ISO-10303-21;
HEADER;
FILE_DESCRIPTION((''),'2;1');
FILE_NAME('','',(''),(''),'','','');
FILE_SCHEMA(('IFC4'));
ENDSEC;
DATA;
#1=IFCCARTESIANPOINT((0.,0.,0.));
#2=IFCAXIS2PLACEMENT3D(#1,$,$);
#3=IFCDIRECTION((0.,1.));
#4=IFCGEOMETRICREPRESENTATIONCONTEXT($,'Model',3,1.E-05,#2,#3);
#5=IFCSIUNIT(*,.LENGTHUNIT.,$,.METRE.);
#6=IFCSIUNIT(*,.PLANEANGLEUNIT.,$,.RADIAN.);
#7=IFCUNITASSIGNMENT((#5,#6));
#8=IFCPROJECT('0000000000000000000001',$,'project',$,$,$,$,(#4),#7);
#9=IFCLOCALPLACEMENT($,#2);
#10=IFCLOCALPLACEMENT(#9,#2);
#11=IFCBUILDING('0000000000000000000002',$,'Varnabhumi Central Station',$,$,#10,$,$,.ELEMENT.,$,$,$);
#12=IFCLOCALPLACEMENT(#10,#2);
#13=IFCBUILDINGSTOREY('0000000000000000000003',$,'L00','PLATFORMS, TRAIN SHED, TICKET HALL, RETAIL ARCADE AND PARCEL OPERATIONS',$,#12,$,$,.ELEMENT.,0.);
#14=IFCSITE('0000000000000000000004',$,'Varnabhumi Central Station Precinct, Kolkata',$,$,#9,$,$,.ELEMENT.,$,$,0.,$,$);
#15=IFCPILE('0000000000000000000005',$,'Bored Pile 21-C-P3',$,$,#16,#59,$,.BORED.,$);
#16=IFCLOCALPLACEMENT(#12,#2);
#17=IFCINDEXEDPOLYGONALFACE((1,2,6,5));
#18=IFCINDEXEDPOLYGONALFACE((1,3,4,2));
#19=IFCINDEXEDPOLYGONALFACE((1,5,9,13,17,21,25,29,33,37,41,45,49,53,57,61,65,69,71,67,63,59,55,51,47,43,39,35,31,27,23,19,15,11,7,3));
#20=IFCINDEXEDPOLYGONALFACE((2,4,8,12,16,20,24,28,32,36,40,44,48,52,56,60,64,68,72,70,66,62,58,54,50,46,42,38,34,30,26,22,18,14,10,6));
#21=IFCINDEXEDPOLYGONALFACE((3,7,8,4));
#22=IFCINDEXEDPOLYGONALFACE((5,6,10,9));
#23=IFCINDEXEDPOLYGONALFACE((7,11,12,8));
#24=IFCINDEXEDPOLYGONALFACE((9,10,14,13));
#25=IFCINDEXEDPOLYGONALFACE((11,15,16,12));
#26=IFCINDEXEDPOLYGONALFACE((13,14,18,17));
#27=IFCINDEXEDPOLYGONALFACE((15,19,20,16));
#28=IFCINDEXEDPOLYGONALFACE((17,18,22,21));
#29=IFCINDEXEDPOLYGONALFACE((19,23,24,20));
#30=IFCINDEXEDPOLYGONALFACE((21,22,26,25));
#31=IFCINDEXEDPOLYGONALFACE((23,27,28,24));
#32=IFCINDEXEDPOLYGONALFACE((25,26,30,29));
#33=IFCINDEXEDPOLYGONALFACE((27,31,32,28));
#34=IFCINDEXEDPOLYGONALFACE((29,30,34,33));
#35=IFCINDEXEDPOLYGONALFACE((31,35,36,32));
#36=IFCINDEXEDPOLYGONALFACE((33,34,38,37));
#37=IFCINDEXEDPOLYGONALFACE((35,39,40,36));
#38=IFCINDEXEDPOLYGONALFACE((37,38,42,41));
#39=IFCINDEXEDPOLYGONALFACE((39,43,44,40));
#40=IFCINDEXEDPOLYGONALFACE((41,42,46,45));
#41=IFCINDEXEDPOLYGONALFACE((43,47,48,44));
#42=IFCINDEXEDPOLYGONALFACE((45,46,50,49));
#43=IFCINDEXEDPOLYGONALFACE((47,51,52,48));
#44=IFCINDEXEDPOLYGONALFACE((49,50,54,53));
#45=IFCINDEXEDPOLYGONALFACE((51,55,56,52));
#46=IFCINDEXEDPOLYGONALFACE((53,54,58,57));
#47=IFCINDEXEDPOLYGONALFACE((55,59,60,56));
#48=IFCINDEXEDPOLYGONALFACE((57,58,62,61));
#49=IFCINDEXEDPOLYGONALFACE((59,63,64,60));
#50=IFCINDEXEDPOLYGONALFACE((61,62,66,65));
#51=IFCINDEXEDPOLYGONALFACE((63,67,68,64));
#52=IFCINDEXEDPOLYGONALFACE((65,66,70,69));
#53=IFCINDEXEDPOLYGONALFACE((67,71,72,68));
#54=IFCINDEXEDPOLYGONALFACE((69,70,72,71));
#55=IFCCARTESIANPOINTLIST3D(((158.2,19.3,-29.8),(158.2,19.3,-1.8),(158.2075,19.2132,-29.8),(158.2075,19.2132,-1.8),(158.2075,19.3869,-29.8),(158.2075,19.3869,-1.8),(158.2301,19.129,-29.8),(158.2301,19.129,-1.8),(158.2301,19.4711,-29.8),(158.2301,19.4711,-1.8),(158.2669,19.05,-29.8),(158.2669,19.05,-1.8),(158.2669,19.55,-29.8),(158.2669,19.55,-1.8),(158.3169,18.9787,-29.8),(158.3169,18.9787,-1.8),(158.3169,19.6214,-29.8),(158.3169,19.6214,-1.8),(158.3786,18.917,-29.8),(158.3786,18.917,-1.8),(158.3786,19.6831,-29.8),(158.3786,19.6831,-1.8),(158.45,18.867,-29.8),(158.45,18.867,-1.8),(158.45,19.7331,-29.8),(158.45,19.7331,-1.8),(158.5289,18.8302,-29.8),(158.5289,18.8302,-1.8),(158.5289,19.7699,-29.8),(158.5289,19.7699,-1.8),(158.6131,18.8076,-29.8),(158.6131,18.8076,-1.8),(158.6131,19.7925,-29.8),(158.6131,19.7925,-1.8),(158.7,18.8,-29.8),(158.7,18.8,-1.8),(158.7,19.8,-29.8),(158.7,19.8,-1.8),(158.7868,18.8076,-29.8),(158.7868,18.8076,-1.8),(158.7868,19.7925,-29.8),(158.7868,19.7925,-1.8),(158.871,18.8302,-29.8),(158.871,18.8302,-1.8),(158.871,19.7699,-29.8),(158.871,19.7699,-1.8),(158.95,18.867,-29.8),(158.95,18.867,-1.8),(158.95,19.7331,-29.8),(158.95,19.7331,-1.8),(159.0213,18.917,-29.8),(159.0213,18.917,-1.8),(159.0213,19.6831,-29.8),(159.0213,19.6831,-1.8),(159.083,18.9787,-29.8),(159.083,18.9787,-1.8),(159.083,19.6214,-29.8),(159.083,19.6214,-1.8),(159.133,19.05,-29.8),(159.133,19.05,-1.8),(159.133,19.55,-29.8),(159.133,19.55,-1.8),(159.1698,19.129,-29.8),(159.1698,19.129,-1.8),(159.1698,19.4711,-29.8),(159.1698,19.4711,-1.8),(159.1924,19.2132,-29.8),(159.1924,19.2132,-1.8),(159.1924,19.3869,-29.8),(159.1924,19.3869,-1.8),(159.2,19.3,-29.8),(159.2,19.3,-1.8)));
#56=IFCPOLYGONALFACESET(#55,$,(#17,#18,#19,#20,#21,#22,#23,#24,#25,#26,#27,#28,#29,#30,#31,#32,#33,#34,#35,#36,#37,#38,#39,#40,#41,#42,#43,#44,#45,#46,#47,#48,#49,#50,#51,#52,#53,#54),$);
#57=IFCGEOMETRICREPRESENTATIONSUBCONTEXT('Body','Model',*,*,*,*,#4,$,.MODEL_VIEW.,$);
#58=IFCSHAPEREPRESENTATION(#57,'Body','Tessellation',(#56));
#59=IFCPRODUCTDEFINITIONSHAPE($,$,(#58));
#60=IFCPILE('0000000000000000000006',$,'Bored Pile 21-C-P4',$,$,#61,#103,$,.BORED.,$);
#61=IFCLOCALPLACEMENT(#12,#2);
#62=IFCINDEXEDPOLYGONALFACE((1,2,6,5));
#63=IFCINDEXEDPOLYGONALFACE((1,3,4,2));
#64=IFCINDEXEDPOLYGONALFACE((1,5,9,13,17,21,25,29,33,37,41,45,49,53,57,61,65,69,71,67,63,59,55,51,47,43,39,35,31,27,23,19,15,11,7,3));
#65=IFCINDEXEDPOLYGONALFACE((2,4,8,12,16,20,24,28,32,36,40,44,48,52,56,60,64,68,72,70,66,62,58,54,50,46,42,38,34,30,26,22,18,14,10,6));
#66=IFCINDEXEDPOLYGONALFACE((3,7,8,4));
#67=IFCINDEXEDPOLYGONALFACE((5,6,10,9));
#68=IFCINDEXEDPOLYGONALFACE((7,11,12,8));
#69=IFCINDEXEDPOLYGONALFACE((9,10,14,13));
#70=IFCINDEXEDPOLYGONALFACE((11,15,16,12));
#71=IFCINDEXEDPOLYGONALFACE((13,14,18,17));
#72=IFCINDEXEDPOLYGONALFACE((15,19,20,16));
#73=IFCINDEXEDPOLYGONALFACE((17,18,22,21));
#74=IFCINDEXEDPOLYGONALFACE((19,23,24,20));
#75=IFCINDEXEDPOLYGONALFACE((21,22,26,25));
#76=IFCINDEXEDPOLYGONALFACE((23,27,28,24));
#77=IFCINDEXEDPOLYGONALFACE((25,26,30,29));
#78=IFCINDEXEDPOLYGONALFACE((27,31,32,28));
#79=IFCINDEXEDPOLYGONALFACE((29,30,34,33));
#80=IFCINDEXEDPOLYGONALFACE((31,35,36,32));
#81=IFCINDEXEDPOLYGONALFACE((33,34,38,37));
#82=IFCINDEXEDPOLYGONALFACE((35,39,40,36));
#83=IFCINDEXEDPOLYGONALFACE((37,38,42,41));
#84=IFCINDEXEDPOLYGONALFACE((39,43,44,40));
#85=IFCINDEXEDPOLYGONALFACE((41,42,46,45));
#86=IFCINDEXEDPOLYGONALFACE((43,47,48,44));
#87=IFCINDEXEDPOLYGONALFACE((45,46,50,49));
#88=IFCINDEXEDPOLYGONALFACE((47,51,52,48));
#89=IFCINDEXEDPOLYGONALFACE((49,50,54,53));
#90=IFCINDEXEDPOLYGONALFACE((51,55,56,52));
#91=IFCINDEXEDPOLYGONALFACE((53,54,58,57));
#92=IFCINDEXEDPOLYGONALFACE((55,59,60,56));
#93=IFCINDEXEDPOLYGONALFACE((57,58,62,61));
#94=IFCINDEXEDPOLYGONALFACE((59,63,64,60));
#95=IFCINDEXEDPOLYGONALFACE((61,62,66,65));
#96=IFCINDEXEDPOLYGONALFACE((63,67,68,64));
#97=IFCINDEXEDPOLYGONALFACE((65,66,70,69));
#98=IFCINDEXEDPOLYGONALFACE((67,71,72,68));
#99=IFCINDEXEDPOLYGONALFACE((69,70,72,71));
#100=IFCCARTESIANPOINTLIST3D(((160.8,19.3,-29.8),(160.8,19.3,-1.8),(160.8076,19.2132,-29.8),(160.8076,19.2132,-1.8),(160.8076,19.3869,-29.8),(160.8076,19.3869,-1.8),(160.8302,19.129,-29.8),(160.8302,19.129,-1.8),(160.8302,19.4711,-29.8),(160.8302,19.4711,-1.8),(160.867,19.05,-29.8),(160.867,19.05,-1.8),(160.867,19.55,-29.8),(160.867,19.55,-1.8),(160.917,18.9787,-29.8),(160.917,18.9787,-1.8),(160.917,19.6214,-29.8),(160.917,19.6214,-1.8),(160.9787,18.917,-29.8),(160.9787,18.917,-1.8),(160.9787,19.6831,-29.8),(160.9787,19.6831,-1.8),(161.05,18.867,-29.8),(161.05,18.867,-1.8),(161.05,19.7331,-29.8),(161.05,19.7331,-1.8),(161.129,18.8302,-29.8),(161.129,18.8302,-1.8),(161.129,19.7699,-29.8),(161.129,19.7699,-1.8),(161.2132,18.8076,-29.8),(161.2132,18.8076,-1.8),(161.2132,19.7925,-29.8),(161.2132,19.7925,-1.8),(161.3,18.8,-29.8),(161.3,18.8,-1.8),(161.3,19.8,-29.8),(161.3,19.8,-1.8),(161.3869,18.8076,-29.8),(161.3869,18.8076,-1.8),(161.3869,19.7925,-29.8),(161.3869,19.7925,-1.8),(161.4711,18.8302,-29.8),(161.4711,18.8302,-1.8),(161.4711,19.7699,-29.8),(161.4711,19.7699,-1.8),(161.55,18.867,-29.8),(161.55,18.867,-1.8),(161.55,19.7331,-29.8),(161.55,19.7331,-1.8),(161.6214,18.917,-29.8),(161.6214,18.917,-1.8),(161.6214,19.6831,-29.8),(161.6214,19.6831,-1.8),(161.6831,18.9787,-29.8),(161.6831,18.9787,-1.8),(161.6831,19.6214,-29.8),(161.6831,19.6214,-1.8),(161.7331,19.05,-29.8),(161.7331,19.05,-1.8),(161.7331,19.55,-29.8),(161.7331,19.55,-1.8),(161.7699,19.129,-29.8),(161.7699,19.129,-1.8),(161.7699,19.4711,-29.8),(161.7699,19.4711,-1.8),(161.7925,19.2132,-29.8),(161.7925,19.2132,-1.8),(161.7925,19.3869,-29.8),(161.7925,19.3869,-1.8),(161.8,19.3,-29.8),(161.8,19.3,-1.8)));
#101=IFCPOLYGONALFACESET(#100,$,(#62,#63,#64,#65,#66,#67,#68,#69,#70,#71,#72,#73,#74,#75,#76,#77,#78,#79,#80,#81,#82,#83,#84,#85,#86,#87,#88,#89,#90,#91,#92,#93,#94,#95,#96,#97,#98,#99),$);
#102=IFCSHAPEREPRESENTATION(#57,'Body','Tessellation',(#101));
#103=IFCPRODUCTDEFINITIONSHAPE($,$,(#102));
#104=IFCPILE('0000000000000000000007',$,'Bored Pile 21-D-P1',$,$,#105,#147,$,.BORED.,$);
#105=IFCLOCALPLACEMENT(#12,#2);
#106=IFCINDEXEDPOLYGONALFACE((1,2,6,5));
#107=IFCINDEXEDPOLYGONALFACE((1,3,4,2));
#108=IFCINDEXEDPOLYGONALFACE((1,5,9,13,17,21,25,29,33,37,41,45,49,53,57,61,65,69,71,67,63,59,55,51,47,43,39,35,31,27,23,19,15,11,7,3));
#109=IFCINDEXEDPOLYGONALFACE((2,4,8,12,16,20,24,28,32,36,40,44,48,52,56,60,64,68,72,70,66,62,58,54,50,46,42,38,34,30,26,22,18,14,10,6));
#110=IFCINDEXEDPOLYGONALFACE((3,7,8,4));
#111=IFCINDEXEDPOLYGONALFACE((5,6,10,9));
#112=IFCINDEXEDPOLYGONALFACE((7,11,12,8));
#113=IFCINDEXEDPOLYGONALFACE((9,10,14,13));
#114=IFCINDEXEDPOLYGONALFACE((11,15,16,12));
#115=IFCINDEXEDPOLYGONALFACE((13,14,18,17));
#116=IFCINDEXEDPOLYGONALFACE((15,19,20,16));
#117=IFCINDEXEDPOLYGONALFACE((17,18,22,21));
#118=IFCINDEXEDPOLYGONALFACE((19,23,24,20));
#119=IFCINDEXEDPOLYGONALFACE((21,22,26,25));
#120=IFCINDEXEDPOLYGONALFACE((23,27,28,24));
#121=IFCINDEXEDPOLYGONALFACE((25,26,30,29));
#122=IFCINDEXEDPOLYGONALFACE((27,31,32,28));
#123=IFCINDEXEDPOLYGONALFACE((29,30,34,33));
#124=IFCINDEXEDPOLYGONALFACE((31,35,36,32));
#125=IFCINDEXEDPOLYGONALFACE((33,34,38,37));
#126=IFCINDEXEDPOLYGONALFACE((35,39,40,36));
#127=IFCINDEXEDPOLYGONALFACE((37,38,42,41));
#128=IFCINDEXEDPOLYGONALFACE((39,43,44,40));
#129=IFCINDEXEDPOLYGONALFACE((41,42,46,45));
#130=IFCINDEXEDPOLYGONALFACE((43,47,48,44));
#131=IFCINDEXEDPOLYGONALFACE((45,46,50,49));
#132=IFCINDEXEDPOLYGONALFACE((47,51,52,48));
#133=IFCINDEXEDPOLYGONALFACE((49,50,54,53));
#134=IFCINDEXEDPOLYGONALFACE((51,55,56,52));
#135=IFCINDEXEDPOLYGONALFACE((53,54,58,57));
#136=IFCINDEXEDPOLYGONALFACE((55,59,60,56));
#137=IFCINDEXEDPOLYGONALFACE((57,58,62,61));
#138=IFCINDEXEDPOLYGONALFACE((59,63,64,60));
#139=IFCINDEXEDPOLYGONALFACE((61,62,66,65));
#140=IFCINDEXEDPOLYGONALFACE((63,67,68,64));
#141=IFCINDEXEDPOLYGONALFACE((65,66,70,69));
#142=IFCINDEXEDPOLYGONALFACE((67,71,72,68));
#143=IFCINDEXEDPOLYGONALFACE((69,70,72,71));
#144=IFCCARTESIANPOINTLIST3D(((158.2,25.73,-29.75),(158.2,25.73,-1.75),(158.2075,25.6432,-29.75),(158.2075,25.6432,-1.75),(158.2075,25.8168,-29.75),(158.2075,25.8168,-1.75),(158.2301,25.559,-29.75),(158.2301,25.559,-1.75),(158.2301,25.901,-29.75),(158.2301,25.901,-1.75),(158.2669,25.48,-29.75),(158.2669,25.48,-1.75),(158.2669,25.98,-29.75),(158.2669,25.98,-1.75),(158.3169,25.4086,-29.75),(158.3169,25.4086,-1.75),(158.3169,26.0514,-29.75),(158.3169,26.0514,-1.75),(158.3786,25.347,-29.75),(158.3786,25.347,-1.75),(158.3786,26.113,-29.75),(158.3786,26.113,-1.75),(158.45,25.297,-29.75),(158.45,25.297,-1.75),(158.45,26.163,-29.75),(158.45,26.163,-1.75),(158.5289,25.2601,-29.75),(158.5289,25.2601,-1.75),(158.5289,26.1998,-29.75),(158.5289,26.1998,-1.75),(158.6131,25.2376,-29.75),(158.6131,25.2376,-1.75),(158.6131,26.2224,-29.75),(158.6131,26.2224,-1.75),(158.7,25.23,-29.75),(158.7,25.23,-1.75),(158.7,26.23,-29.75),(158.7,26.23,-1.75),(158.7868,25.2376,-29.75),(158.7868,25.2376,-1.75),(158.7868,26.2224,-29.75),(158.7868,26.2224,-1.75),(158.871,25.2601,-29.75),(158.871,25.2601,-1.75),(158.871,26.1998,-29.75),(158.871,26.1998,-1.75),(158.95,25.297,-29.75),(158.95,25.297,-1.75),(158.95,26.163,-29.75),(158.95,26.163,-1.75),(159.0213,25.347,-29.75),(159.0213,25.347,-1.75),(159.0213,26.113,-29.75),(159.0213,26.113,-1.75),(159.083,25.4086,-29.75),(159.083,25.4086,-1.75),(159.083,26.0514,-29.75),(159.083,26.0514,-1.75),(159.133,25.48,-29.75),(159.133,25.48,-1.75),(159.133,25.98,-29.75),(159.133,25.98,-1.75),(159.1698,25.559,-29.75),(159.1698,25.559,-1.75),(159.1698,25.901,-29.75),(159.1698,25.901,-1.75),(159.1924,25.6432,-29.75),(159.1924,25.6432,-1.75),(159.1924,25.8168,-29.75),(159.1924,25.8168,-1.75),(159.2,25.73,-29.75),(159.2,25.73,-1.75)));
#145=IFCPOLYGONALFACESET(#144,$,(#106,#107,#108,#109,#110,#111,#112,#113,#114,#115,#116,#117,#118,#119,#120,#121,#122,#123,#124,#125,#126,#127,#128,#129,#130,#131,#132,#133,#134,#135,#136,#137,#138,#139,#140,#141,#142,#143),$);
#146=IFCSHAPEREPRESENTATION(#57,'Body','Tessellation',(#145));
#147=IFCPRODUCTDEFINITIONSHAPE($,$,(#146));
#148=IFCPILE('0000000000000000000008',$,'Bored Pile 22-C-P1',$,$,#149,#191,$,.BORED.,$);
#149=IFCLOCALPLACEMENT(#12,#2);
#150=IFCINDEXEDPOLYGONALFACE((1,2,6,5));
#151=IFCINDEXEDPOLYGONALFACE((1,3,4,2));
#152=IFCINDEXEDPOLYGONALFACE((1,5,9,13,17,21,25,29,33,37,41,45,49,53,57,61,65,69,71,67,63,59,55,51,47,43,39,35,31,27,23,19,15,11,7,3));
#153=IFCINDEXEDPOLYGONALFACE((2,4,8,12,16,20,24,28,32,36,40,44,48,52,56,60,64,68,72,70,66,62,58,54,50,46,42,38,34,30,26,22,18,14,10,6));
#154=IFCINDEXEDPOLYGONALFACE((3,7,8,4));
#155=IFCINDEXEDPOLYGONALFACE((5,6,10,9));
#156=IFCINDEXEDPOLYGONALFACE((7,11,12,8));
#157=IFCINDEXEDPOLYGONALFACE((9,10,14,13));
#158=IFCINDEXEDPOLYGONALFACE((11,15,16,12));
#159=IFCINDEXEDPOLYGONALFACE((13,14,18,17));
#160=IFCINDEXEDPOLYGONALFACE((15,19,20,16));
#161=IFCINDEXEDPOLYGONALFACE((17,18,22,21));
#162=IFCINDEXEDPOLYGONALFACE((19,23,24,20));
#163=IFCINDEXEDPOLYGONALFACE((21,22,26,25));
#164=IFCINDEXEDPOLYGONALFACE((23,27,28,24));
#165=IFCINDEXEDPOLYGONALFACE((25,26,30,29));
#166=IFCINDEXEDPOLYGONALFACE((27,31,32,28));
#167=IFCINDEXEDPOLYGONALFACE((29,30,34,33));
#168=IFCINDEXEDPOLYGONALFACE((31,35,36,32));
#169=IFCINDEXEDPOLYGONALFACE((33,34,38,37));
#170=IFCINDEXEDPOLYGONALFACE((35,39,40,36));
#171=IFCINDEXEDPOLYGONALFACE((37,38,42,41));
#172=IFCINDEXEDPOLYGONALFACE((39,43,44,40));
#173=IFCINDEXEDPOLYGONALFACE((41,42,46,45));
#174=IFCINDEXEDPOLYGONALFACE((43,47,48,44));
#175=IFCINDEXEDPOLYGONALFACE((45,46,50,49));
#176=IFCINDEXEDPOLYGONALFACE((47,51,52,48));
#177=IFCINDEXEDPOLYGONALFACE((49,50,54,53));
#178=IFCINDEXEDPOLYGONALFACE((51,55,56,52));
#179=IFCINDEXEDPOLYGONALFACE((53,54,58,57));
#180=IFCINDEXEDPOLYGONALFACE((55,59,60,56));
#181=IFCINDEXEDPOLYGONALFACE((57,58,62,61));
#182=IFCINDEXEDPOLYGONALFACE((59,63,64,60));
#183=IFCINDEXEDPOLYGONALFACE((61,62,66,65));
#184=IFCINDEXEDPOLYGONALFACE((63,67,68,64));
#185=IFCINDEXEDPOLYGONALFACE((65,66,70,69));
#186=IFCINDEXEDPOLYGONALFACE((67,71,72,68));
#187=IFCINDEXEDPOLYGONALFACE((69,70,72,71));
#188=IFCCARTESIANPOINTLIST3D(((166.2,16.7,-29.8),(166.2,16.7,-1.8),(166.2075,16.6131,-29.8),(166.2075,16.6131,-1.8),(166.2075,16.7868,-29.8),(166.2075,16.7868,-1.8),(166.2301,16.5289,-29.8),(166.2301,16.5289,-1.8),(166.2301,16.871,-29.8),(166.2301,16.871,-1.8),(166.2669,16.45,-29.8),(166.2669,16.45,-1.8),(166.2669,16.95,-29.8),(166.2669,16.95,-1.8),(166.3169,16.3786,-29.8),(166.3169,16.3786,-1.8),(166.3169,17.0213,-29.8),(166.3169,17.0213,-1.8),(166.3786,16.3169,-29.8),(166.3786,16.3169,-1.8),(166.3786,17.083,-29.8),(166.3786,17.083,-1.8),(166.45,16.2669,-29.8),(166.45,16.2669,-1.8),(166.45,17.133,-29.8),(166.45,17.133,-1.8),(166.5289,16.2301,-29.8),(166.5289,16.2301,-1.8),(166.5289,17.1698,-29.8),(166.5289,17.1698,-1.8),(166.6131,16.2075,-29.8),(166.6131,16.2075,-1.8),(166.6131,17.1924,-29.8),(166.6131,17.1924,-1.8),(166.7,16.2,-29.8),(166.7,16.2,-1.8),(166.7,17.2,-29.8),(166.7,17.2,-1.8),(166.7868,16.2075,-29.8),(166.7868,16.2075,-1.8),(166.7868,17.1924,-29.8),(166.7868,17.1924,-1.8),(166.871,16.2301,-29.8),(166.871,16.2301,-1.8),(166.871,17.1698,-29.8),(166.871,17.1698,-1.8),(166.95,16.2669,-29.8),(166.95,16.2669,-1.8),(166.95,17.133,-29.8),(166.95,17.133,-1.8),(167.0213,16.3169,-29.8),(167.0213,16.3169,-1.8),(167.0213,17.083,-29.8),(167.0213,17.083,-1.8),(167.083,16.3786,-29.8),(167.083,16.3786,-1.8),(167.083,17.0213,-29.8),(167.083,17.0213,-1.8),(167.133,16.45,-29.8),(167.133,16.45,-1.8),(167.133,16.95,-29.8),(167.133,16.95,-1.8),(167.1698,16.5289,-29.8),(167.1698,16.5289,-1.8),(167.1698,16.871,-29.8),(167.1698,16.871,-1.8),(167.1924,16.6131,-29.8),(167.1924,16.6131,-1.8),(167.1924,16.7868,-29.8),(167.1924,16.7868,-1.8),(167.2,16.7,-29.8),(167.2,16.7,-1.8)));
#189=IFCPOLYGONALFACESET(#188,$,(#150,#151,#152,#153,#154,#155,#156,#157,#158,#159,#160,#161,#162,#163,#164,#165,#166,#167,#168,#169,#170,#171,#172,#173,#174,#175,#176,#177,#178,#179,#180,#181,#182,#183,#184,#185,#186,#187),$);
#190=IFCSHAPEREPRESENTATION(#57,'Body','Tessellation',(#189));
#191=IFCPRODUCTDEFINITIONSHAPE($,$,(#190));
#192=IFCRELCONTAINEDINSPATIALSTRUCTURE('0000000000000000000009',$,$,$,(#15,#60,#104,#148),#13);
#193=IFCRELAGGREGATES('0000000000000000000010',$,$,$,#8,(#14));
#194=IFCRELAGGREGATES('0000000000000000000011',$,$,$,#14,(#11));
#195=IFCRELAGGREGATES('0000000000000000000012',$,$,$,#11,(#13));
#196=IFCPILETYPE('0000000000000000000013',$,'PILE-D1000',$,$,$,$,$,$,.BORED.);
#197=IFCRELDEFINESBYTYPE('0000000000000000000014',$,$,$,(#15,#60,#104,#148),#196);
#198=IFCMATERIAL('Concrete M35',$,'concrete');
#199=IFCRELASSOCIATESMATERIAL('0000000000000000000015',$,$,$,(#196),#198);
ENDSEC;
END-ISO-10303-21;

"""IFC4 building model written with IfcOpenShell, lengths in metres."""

from ifc_helpers import new_model, si_unit, direction, frame, origin, origin_2d, place, context, subcontext, project, spatial, circle, extrude, material, material_profile, profile_set, type_object, element, save


model = new_model("IFC4")

# Units and contexts
model_context = context("Model", 3, precision=1e-05, world=origin(), true_north=direction((0.0, 1.0)))
body_context = subcontext(model_context, "Body", "Model", "MODEL_VIEW")
ifc_project = project(units=[si_unit("LENGTHUNIT", "METRE"), si_unit("PLANEANGLEUNIT", "RADIAN")], contexts=[model_context])

# Site, building, storey
site_placement = place(None, origin())
site = spatial("IfcSite", under=ifc_project, at=site_placement, Name="Varnabhumi Central Station Precinct, Kolkata", CompositionType="ELEMENT", RefElevation=0.0)
building_placement = place(site_placement, origin())
building = spatial("IfcBuilding", under=site, at=building_placement, Name="Varnabhumi Central Station", CompositionType="ELEMENT")
storey_placement = place(building_placement, origin())
storey = spatial("IfcBuildingStorey", under=building, at=storey_placement, Name="L00", Description="PLATFORMS, TRAIN SHED, TICKET HALL, RETAIL ARCADE AND PARCEL OPERATIONS", CompositionType="ELEMENT", Elevation=0.0)

# Piles
ifc_material_1 = material(Name="Concrete M35", Category="concrete")
ifc_material_profile_1 = material_profile(ifc_material_1, circle(Radius=0.5, at=origin_2d()), Name="Concrete M35", Category="concrete")
ifc_profile_set_1 = profile_set([ifc_material_profile_1], Name="Concrete M35")
pile_type = type_object("IfcPileType", Name="PILE-D1000", PredefinedType="BORED", material=ifc_profile_set_1)
for number, where, z_axis, x_axis, name in (
    (1, (158.7, 19.3, -1.8), (0.0, 0.0, -1.0), (1.0, 0.0, 0.0), "Bored Pile 21-C-P3"),
    (2, (161.3, 19.3, -1.8), (0.0, 0.0, -1.0), (1.0, 0.0, 0.0), "Bored Pile 21-C-P4"),
    (3, (158.7, 25.73, -1.75), (0.0, 0.0, -1.0), (1.0, 0.0, 0.0), "Bored Pile 21-D-P1"),
    (4, (166.7, 16.7, -1.8), (0.0, 0.0, -1.0), (1.0, 0.0, 0.0), "Bored Pile 22-C-P1"),
):
    element("IfcPile", number, at=place(storey_placement, frame(where, z_axis=z_axis, x_axis=x_axis)), inside=storey, type_object=pile_type, Name=name, PredefinedType="BORED", context=body_context, shape_type="SweptSolid", body=[
        extrude(circle(Radius=0.5, at=origin_2d()), origin(), (0.0, 0.0, 1.0), 28.0),
    ])

save(model, "model.ifc")
